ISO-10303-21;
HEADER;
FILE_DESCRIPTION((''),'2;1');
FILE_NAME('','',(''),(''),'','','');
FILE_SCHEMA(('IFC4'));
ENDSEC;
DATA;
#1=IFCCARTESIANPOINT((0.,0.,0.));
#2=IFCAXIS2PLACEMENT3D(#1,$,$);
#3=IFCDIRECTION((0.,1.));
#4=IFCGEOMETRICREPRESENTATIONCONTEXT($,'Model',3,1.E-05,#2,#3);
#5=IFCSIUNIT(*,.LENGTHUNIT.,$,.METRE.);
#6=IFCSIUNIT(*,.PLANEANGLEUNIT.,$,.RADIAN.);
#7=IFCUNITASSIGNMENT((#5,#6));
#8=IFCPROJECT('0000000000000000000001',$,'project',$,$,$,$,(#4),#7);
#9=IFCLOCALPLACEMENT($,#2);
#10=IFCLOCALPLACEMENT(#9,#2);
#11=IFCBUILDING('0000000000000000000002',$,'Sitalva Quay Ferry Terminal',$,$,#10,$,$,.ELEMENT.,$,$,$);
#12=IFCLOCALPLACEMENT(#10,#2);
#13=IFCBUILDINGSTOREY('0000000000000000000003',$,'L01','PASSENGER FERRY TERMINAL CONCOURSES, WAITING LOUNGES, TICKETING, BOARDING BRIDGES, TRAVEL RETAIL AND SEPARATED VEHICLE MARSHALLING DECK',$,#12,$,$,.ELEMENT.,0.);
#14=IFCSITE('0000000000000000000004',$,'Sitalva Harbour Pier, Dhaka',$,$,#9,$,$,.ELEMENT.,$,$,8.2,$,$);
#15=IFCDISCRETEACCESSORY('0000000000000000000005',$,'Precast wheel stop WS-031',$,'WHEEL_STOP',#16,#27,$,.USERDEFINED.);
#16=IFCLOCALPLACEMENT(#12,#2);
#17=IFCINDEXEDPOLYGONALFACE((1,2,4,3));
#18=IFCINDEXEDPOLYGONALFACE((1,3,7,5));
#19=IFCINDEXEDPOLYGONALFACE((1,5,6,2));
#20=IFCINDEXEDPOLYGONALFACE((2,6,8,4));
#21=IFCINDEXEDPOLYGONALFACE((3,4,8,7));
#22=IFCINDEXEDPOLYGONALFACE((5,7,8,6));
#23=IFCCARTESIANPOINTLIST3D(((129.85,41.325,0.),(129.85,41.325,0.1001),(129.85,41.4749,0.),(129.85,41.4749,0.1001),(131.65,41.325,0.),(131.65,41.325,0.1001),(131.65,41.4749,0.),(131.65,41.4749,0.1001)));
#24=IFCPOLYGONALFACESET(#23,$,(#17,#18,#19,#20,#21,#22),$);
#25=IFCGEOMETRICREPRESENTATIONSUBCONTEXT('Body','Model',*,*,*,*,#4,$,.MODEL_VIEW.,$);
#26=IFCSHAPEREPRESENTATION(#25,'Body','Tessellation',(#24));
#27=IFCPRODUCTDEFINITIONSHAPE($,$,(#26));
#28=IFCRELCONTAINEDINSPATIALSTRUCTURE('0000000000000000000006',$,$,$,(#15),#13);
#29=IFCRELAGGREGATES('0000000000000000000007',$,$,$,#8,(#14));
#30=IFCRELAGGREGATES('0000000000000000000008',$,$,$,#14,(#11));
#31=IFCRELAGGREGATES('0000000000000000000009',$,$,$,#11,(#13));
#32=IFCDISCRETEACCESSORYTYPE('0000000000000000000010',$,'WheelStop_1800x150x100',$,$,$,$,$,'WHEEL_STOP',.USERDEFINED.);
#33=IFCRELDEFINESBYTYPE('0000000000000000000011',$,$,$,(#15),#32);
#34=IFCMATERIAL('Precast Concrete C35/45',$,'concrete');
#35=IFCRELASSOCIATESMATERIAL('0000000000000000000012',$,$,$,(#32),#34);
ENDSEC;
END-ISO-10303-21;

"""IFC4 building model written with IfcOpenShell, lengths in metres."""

from ifc_helpers import new_model, si_unit, direction, frame, origin, origin_2d, place, context, subcontext, project, spatial, rectangle, extrude, material, type_object, element, save


model = new_model("IFC4")

# Units and contexts
model_context = context("Model", 3, precision=1e-05, world=origin(), true_north=direction((0.0, 1.0)))
body_context = subcontext(model_context, "Body", "Model", "MODEL_VIEW")
ifc_project = project(units=[si_unit("LENGTHUNIT", "METRE"), si_unit("PLANEANGLEUNIT", "RADIAN")], contexts=[model_context])

# Site, building, storey
site_placement = place(None, origin())
site = spatial("IfcSite", under=ifc_project, at=site_placement, Name="Sitalva Harbour Pier, Dhaka", CompositionType="ELEMENT", RefElevation=8.2)
building_placement = place(site_placement, origin())
building = spatial("IfcBuilding", under=site, at=building_placement, Name="Sitalva Quay Ferry Terminal", CompositionType="ELEMENT")
storey_placement = place(building_placement, origin())
storey = spatial("IfcBuildingStorey", under=building, at=storey_placement, Name="L01", Description="PASSENGER FERRY TERMINAL CONCOURSES, WAITING LOUNGES, TICKETING, BOARDING BRIDGES, TRAVEL RETAIL AND SEPARATED VEHICLE MARSHALLING DECK", CompositionType="ELEMENT", Elevation=0.0)

# Discrete accessory
ifc_material_1 = material(Name="Precast Concrete C35/45", Category="concrete")
discrete_accessory_type_1 = type_object("IfcDiscreteAccessoryType", Name="WheelStop_1800x150x100", ElementType="WHEEL_STOP", PredefinedType="USERDEFINED", material=ifc_material_1)
for number, where, z_axis, x_axis, name in (
    (1, (130.75, 41.3999, 0.0), (0.0, 0.0, 1.0), (1.0, 0.0, 0.0), "Precast wheel stop WS-031"),
):
    element("IfcDiscreteAccessory", number, at=place(storey_placement, frame(where, z_axis=z_axis, x_axis=x_axis)), inside=storey, type_object=discrete_accessory_type_1, Name=name, ObjectType="WHEEL_STOP", PredefinedType="USERDEFINED", context=body_context, shape_type="SweptSolid", body=[
        extrude(rectangle(XDim=1.8, YDim=0.1499, at=origin_2d()), origin(), (0.0, 0.0, 1.0), 0.1001),
    ])

save(model, "model.ifc")
